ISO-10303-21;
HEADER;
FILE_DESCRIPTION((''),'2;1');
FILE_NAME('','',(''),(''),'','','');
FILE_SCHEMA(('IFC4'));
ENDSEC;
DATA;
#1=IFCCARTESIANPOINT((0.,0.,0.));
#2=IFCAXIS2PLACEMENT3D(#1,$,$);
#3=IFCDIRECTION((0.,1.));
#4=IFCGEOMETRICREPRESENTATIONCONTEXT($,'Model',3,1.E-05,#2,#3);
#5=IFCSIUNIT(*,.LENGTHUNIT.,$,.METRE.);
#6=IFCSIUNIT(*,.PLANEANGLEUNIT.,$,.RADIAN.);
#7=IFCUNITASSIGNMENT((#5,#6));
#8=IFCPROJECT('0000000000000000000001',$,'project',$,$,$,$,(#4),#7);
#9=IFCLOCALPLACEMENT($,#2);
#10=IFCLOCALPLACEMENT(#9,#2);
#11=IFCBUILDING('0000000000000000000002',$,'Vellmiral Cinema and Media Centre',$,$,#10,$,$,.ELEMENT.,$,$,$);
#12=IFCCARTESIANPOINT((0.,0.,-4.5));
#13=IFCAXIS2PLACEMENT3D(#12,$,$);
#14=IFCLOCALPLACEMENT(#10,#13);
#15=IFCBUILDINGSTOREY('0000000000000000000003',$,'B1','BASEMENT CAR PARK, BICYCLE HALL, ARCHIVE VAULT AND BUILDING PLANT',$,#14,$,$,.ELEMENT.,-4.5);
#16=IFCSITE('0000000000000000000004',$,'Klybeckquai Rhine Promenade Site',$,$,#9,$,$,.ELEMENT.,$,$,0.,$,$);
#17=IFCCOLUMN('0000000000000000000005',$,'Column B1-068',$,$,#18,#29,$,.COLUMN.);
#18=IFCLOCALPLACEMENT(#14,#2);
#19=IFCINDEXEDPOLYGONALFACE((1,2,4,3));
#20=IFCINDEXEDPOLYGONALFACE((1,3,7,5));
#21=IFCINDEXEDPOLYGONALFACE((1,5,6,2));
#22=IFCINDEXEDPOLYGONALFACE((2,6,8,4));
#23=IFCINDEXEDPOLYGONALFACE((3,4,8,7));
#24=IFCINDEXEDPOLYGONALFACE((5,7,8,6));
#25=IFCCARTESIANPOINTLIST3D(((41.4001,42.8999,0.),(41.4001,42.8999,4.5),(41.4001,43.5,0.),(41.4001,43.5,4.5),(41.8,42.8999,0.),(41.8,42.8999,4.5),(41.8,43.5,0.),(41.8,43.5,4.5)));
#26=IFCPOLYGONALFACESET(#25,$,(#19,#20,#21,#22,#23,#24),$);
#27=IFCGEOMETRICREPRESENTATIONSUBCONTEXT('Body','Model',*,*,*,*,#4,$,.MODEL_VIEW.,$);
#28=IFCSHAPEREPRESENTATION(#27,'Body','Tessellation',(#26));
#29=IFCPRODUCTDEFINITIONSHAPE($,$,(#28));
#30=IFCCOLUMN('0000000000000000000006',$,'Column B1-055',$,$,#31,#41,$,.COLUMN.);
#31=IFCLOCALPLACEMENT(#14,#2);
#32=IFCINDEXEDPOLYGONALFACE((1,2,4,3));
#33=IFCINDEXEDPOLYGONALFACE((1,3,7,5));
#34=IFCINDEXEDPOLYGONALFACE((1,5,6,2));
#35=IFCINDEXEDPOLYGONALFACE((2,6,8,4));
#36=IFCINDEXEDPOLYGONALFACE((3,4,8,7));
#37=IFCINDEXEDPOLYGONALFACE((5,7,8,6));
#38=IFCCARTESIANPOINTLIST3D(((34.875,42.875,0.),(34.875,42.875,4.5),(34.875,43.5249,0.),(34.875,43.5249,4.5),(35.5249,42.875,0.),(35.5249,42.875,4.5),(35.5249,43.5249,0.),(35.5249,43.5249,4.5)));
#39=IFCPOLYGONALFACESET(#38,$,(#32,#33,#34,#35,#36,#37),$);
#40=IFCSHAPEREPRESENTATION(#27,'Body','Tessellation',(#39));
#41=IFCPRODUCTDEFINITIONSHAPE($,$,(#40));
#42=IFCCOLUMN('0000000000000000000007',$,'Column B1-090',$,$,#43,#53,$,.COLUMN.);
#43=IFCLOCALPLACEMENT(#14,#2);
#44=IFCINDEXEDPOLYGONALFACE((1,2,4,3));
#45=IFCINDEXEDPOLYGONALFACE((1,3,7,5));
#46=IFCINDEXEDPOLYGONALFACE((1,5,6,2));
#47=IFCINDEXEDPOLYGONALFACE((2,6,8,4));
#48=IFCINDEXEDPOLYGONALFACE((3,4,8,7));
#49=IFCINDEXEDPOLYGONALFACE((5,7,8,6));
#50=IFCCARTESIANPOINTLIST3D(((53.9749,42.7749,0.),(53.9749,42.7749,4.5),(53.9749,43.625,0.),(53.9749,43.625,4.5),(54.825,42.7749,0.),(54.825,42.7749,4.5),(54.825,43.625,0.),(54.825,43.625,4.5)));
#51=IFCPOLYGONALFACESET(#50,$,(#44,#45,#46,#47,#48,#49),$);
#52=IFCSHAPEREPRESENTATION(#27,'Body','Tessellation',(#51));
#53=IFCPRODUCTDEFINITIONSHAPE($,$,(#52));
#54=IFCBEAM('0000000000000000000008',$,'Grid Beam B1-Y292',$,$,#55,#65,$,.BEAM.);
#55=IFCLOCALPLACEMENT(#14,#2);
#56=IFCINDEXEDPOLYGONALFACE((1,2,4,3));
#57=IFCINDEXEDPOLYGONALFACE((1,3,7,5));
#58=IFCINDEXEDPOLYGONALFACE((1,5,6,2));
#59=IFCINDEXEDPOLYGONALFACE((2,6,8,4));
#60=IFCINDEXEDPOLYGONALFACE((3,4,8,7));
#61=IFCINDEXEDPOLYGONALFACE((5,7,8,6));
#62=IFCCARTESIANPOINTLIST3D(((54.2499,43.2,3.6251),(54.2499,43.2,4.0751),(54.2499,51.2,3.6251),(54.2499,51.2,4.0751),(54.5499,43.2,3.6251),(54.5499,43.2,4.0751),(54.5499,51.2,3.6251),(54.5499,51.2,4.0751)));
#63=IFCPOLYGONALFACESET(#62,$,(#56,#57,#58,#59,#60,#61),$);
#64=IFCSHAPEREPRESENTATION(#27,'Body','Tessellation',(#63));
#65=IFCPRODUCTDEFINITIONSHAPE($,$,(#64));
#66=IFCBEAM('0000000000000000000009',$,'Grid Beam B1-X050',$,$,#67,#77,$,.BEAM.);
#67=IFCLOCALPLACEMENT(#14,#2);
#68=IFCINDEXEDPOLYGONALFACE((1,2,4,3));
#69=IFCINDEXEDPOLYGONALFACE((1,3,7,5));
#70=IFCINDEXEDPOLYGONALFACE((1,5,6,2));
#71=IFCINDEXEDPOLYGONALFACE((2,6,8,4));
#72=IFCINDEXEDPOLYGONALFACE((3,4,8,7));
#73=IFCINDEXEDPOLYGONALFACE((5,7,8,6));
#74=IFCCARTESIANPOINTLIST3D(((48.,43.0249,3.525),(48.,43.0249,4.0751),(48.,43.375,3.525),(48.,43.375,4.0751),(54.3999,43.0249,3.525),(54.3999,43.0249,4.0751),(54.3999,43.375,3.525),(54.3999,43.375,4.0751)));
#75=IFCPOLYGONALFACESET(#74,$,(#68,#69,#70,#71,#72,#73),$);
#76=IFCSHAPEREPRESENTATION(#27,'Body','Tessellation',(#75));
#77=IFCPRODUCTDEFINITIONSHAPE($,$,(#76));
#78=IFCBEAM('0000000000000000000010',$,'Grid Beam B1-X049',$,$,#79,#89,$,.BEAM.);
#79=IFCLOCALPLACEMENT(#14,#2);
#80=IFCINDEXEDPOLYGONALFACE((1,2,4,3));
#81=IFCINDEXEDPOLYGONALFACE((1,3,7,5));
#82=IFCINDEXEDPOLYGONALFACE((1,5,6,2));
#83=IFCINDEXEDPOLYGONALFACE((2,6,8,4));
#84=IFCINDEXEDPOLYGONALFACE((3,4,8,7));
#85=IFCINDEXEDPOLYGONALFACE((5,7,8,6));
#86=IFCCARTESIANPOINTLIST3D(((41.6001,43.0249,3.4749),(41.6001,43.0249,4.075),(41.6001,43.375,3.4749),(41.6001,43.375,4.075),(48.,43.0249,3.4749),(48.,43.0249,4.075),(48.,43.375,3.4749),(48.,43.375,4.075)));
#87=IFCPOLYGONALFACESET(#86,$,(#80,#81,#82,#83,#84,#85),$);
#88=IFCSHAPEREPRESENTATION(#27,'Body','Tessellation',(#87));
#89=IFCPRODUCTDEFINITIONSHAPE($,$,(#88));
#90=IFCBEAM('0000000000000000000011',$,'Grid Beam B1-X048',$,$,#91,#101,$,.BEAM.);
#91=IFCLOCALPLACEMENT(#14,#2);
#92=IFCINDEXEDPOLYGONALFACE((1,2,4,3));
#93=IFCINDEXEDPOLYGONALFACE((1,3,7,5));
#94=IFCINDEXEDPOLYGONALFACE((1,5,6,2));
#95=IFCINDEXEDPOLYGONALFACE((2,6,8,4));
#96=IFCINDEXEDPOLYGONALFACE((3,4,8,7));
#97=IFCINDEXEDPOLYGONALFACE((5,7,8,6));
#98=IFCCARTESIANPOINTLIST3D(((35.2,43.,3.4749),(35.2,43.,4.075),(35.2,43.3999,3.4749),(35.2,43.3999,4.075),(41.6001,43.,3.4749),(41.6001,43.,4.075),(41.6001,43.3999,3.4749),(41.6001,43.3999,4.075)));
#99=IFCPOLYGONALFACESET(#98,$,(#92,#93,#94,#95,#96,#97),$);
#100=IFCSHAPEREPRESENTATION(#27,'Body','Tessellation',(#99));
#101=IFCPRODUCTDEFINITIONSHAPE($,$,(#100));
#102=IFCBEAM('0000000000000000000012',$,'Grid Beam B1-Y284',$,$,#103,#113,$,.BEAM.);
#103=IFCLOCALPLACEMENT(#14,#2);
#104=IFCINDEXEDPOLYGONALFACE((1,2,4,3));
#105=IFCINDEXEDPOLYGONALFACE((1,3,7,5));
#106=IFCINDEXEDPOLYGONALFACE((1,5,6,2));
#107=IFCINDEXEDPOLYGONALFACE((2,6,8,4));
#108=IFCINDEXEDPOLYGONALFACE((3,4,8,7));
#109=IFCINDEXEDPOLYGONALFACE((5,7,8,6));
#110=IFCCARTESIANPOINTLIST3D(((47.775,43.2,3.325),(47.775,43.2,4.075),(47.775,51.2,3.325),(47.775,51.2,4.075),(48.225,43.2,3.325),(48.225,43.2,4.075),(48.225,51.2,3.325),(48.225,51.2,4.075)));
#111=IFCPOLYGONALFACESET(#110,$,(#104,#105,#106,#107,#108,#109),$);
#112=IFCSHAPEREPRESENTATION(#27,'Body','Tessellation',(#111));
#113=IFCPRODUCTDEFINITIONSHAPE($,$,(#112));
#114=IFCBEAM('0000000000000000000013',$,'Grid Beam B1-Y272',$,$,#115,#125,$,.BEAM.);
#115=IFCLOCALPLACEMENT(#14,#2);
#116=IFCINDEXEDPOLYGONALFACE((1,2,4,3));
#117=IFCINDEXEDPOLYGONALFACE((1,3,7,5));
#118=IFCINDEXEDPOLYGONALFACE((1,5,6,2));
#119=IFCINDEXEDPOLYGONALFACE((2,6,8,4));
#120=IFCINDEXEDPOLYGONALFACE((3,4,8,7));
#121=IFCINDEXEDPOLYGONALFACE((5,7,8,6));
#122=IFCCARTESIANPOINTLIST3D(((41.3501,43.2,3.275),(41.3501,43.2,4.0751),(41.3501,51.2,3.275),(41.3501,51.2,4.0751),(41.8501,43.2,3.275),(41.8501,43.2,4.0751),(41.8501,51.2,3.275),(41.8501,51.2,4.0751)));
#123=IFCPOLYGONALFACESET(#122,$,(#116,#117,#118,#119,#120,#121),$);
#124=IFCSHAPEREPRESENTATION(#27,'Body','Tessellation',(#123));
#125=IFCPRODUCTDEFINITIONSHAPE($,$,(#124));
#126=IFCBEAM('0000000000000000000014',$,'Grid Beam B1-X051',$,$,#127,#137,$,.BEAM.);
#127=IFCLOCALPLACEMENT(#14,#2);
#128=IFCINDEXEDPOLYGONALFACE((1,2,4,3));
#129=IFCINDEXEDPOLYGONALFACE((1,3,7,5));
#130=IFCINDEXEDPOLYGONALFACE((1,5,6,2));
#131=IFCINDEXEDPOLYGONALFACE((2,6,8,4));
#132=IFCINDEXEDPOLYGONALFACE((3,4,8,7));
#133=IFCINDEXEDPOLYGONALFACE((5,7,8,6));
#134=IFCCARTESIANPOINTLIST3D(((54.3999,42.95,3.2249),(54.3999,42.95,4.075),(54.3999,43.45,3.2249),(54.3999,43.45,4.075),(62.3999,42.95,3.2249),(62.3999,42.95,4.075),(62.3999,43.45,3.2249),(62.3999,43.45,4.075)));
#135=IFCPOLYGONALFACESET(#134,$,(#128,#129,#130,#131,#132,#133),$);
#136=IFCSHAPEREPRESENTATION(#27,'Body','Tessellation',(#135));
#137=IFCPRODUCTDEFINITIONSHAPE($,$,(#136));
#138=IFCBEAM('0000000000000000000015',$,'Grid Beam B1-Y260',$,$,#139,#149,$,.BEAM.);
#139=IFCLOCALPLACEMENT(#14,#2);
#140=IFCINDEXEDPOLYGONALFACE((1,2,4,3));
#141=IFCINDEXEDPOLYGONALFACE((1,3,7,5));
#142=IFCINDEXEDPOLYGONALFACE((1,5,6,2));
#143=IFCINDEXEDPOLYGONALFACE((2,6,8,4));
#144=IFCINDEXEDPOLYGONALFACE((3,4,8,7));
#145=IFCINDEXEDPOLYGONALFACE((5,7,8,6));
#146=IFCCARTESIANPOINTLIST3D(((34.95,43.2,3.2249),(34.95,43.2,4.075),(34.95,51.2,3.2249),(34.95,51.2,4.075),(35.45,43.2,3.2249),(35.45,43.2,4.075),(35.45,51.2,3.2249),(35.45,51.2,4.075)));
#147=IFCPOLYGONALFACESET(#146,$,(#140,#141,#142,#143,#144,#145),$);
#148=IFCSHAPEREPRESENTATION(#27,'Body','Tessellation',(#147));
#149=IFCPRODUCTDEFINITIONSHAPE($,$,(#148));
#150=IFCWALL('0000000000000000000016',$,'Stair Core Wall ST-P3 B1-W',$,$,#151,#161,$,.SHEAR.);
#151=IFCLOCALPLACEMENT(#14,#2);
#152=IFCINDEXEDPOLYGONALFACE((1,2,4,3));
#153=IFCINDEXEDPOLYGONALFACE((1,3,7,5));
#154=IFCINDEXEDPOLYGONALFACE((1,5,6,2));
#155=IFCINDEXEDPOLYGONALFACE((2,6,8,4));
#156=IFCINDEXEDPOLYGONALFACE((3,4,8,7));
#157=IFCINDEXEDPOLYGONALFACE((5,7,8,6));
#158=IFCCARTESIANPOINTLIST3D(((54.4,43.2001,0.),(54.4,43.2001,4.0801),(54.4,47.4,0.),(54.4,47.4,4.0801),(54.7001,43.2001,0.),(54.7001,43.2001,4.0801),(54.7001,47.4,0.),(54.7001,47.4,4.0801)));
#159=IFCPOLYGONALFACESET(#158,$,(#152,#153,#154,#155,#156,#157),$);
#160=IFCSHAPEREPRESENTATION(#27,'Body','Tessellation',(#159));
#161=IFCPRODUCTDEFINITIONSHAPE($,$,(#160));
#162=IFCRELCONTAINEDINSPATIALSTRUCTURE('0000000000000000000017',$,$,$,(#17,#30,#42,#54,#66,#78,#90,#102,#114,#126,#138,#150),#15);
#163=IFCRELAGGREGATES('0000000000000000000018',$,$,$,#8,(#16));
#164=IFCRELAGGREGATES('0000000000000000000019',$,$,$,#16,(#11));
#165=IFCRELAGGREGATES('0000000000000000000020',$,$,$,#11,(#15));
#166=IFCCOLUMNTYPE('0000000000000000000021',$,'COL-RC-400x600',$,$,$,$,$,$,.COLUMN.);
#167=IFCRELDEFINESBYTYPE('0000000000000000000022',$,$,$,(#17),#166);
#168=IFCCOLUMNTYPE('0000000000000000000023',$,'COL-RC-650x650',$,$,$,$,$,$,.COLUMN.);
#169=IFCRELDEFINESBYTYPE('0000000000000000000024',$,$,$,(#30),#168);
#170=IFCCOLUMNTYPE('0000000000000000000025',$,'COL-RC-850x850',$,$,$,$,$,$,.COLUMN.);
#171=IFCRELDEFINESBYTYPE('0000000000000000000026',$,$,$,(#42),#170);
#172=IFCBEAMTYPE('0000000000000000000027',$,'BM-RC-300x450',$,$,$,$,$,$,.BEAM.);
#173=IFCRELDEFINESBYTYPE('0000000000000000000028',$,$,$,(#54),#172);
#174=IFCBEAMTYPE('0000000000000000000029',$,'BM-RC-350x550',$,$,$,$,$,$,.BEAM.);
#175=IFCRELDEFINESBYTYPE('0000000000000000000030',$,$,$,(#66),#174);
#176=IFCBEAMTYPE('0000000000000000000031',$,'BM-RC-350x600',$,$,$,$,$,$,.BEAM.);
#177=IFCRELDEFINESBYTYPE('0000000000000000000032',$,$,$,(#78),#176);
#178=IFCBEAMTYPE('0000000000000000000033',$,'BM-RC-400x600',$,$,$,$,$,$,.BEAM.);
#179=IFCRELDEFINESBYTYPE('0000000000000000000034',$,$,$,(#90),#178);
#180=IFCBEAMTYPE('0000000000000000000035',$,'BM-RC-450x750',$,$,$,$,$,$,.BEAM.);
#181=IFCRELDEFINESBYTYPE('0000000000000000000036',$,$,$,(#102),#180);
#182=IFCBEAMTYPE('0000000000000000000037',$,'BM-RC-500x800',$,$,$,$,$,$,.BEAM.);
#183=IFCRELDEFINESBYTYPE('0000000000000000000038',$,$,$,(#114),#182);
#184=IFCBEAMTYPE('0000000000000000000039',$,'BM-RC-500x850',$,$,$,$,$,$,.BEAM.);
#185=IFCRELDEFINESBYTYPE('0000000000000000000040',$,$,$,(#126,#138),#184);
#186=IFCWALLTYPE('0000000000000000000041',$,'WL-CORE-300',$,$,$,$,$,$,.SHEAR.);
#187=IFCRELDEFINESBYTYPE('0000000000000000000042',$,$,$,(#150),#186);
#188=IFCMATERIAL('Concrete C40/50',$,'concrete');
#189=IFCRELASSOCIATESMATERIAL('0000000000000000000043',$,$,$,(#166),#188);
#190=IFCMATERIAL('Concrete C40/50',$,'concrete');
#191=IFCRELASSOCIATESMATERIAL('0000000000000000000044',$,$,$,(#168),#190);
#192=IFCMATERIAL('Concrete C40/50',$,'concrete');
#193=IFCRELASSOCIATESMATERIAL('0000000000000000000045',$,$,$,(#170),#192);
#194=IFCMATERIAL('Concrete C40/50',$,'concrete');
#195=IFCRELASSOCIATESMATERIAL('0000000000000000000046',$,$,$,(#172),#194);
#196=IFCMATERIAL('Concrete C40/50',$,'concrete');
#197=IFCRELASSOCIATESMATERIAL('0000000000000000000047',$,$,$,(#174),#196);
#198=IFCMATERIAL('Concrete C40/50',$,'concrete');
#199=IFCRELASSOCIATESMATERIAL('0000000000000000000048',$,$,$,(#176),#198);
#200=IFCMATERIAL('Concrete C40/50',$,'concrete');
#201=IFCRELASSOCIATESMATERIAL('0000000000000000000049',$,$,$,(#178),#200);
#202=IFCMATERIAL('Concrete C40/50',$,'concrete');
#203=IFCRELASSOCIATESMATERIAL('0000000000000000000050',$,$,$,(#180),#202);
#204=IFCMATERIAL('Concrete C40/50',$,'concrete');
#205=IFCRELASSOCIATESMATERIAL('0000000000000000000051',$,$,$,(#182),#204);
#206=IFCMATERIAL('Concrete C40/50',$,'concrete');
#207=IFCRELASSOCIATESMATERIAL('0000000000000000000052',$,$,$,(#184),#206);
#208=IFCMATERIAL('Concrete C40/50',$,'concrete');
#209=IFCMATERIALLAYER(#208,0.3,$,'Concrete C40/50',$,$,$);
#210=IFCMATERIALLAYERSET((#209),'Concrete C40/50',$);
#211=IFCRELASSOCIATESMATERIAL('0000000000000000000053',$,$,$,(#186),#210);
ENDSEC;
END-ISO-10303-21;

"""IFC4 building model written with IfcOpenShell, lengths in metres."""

from ifc_helpers import new_model, si_unit, direction, frame, frame_2d, origin, origin_2d, place, context, subcontext, project, spatial, rectangle, extrude, material, layer, layer_set, material_profile, profile_set, type_object, element, save


model = new_model("IFC4")

# Units and contexts
model_context = context("Model", 3, precision=1e-05, world=origin(), true_north=direction((0.0, 1.0)))
body_context = subcontext(model_context, "Body", "Model", "MODEL_VIEW")
ifc_project = project(units=[si_unit("LENGTHUNIT", "METRE"), si_unit("PLANEANGLEUNIT", "RADIAN")], contexts=[model_context])

# Site, building, storey
site_placement = place(None, origin())
site = spatial("IfcSite", under=ifc_project, at=site_placement, Name="Klybeckquai Rhine Promenade Site", CompositionType="ELEMENT", RefElevation=0.0)
building_placement = place(site_placement, origin())
building = spatial("IfcBuilding", under=site, at=building_placement, Name="Vellmiral Cinema and Media Centre", CompositionType="ELEMENT")
storey_placement = place(building_placement, frame((0.0, 0.0, -4.5)))
storey = spatial("IfcBuildingStorey", under=building, at=storey_placement, Name="B1", Description="BASEMENT CAR PARK, BICYCLE HALL, ARCHIVE VAULT AND BUILDING PLANT", CompositionType="ELEMENT", Elevation=-4.5)

# Columns
ifc_material_1 = material(Name="Concrete C40/50", Category="concrete")
ifc_material_profile_1 = material_profile(ifc_material_1, rectangle(XDim=0.3999, YDim=0.6001, at=origin_2d()), Name="RC 400x600")
ifc_profile_set_1 = profile_set([ifc_material_profile_1], Name="Concrete C40/50")
column_type_1 = type_object("IfcColumnType", Name="COL-RC-400x600", PredefinedType="COLUMN", material=ifc_profile_set_1)
column_1_placement = place(storey_placement, frame((41.6001, 43.2, 0.0), z_axis=(0.0, 0.0, 1.0), x_axis=(1.0, 0.0, 0.0)))
element("IfcColumn", 1, at=column_1_placement, inside=storey, type_object=column_type_1, Name="Column B1-068", PredefinedType="COLUMN", context=body_context, shape_type="SweptSolid", body=[
    extrude(rectangle(XDim=0.3999, YDim=0.6001, at=origin_2d()), origin(), (0.0, 0.0, 1.0), 4.5),
])
ifc_material_2 = material(Name="Concrete C40/50", Category="concrete")
ifc_material_profile_2 = material_profile(ifc_material_2, rectangle(XDim=0.6499, YDim=0.6499, at=origin_2d()), Name="RC 650x650")
ifc_profile_set_2 = profile_set([ifc_material_profile_2], Name="Concrete C40/50")
column_type_2 = type_object("IfcColumnType", Name="COL-RC-650x650", PredefinedType="COLUMN", material=ifc_profile_set_2)
column_2_placement = place(storey_placement, frame((35.2, 43.2, 0.0), z_axis=(0.0, 0.0, 1.0), x_axis=(1.0, 0.0, 0.0)))
element("IfcColumn", 2, at=column_2_placement, inside=storey, type_object=column_type_2, Name="Column B1-055", PredefinedType="COLUMN", context=body_context, shape_type="SweptSolid", body=[
    extrude(rectangle(XDim=0.6499, YDim=0.6499, at=origin_2d()), origin(), (0.0, 0.0, 1.0), 4.5),
])
ifc_material_3 = material(Name="Concrete C40/50", Category="concrete")
ifc_material_profile_3 = material_profile(ifc_material_3, rectangle(XDim=0.8501, YDim=0.8501, at=origin_2d()), Name="RC 850x850")
ifc_profile_set_3 = profile_set([ifc_material_profile_3], Name="Concrete C40/50")
column_type_3 = type_object("IfcColumnType", Name="COL-RC-850x850", PredefinedType="COLUMN", material=ifc_profile_set_3)
column_3_placement = place(storey_placement, frame((54.3999, 43.2, 0.0), z_axis=(0.0, 0.0, 1.0), x_axis=(1.0, 0.0, 0.0)))
element("IfcColumn", 3, at=column_3_placement, inside=storey, type_object=column_type_3, Name="Column B1-090", PredefinedType="COLUMN", context=body_context, shape_type="SweptSolid", body=[
    extrude(rectangle(XDim=0.8501, YDim=0.8501, at=origin_2d()), origin(), (0.0, 0.0, 1.0), 4.5),
])

# Beams
ifc_material_4 = material(Name="Concrete C40/50", Category="concrete")
ifc_material_profile_4 = material_profile(ifc_material_4, rectangle(XDim=0.3, YDim=0.45, at=origin_2d()), Name="RC 300x450")
ifc_profile_set_4 = profile_set([ifc_material_profile_4], Name="Concrete C40/50")
beam_type_1 = type_object("IfcBeamType", Name="BM-RC-300x450", PredefinedType="BEAM", material=ifc_profile_set_4)
beam_1_placement = place(storey_placement, frame((54.3999, 43.2, 3.8501), z_axis=(0.0, 1.0, 0.0), x_axis=(-1.0, 0.0, 0.0)))
element("IfcBeam", 4, at=beam_1_placement, inside=storey, type_object=beam_type_1, Name="Grid Beam B1-Y292", PredefinedType="BEAM", context=body_context, shape_type="SweptSolid", body=[
    extrude(rectangle(XDim=0.3, YDim=0.45, at=origin_2d()), origin(), (0.0, 0.0, 1.0), 8.0),
])
ifc_material_5 = material(Name="Concrete C40/50", Category="concrete")
ifc_material_profile_5 = material_profile(ifc_material_5, rectangle(XDim=0.3501, YDim=0.55, at=origin_2d()), Name="RC 350x550")
ifc_profile_set_5 = profile_set([ifc_material_profile_5], Name="Concrete C40/50")
beam_type_2 = type_object("IfcBeamType", Name="BM-RC-350x550", PredefinedType="BEAM", material=ifc_profile_set_5)
beam_2_placement = place(storey_placement, frame((48.0, 43.2, 3.8), z_axis=(1.0, 0.0, 0.0), x_axis=(0.0, 1.0, 0.0)))
element("IfcBeam", 5, at=beam_2_placement, inside=storey, type_object=beam_type_2, Name="Grid Beam B1-X050", PredefinedType="BEAM", context=body_context, shape_type="SweptSolid", body=[
    extrude(rectangle(XDim=0.3501, YDim=0.55, at=origin_2d()), origin(), (0.0, 0.0, 1.0), 6.3999),
])
ifc_material_6 = material(Name="Concrete C40/50", Category="concrete")
ifc_material_profile_6 = material_profile(ifc_material_6, rectangle(XDim=0.3501, YDim=0.6001, at=origin_2d()), Name="RC 350x600")
ifc_profile_set_6 = profile_set([ifc_material_profile_6], Name="Concrete C40/50")
beam_type_3 = type_object("IfcBeamType", Name="BM-RC-350x600", PredefinedType="BEAM", material=ifc_profile_set_6)
beam_3_placement = place(storey_placement, frame((41.6001, 43.2, 3.7749), z_axis=(1.0, 0.0, 0.0), x_axis=(0.0, 1.0, 0.0)))
element("IfcBeam", 6, at=beam_3_placement, inside=storey, type_object=beam_type_3, Name="Grid Beam B1-X049", PredefinedType="BEAM", context=body_context, shape_type="SweptSolid", body=[
    extrude(rectangle(XDim=0.3501, YDim=0.6001, at=origin_2d()), origin(), (0.0, 0.0, 1.0), 6.3999),
])
ifc_material_7 = material(Name="Concrete C40/50", Category="concrete")
ifc_material_profile_7 = material_profile(ifc_material_7, rectangle(XDim=0.3999, YDim=0.6001, at=origin_2d()), Name="RC 400x600")
ifc_profile_set_7 = profile_set([ifc_material_profile_7], Name="Concrete C40/50")
beam_type_4 = type_object("IfcBeamType", Name="BM-RC-400x600", PredefinedType="BEAM", material=ifc_profile_set_7)
beam_4_placement = place(storey_placement, frame((35.2, 43.2, 3.7749), z_axis=(1.0, 0.0, 0.0), x_axis=(0.0, 1.0, 0.0)))
element("IfcBeam", 7, at=beam_4_placement, inside=storey, type_object=beam_type_4, Name="Grid Beam B1-X048", PredefinedType="BEAM", context=body_context, shape_type="SweptSolid", body=[
    extrude(rectangle(XDim=0.3999, YDim=0.6001, at=origin_2d()), origin(), (0.0, 0.0, 1.0), 6.4001),
])
ifc_material_8 = material(Name="Concrete C40/50", Category="concrete")
ifc_material_profile_8 = material_profile(ifc_material_8, rectangle(XDim=0.45, YDim=0.75, at=origin_2d()), Name="RC 450x750")
ifc_profile_set_8 = profile_set([ifc_material_profile_8], Name="Concrete C40/50")
beam_type_5 = type_object("IfcBeamType", Name="BM-RC-450x750", PredefinedType="BEAM", material=ifc_profile_set_8)
beam_5_placement = place(storey_placement, frame((48.0, 43.2, 3.7), z_axis=(0.0, 1.0, 0.0), x_axis=(-1.0, 0.0, 0.0)))
element("IfcBeam", 8, at=beam_5_placement, inside=storey, type_object=beam_type_5, Name="Grid Beam B1-Y284", PredefinedType="BEAM", context=body_context, shape_type="SweptSolid", body=[
    extrude(rectangle(XDim=0.45, YDim=0.75, at=origin_2d()), origin(), (0.0, 0.0, 1.0), 8.0),
])
ifc_material_9 = material(Name="Concrete C40/50", Category="concrete")
ifc_material_profile_9 = material_profile(ifc_material_9, rectangle(XDim=0.5, YDim=0.8, at=origin_2d()), Name="RC 500x800")
ifc_profile_set_9 = profile_set([ifc_material_profile_9], Name="Concrete C40/50")
beam_type_6 = type_object("IfcBeamType", Name="BM-RC-500x800", PredefinedType="BEAM", material=ifc_profile_set_9)
beam_6_placement = place(storey_placement, frame((41.6001, 43.2, 3.675), z_axis=(0.0, 1.0, 0.0), x_axis=(-1.0, 0.0, 0.0)))
element("IfcBeam", 9, at=beam_6_placement, inside=storey, type_object=beam_type_6, Name="Grid Beam B1-Y272", PredefinedType="BEAM", context=body_context, shape_type="SweptSolid", body=[
    extrude(rectangle(XDim=0.5, YDim=0.8, at=origin_2d()), origin(), (0.0, 0.0, 1.0), 8.0),
])
ifc_material_10 = material(Name="Concrete C40/50", Category="concrete")
ifc_material_profile_10 = material_profile(ifc_material_10, rectangle(XDim=0.5, YDim=0.8501, at=origin_2d()), Name="RC 500x850")
ifc_profile_set_10 = profile_set([ifc_material_profile_10], Name="Concrete C40/50")
beam_type_7 = type_object("IfcBeamType", Name="BM-RC-500x850", PredefinedType="BEAM", material=ifc_profile_set_10)
for number, where, z_axis, x_axis, name in (
    (10, (54.3999, 43.2, 3.6499), (1.0, 0.0, 0.0), (0.0, 1.0, 0.0), "Grid Beam B1-X051"),
    (11, (35.2, 43.2, 3.6499), (0.0, 1.0, 0.0), (-1.0, 0.0, 0.0), "Grid Beam B1-Y260"),
):
    element("IfcBeam", number, at=place(storey_placement, frame(where, z_axis=z_axis, x_axis=x_axis)), inside=storey, type_object=beam_type_7, Name=name, PredefinedType="BEAM", context=body_context, shape_type="SweptSolid", body=[
        extrude(rectangle(XDim=0.5, YDim=0.8501, at=origin_2d()), origin(), (0.0, 0.0, 1.0), 8.0),
    ])

# Wall
ifc_material_11 = material(Name="Concrete C40/50", Category="concrete")
ifc_layer_1 = layer(ifc_material_11, 0.3, Name="Concrete C40/50")
ifc_layer_set_1 = layer_set([ifc_layer_1], Name="Concrete C40/50")
wall_type_1 = type_object("IfcWallType", Name="WL-CORE-300", PredefinedType="SHEAR", material=ifc_layer_set_1)
wall_1_placement = place(storey_placement, frame((54.55, 43.2, 0.0), z_axis=(0.0, 0.0, 1.0), x_axis=(0.0, 1.0, 0.0)))
element("IfcWall", 12, at=wall_1_placement, inside=storey, type_object=wall_type_1, Name="Stair Core Wall ST-P3 B1-W", PredefinedType="SHEAR", context=body_context, shape_type="SweptSolid", body=[
    extrude(rectangle(XDim=4.2, YDim=0.3, at=frame_2d((2.1001, 0.0))), origin(), (0.0, 0.0, 1.0), 4.0801),
])

save(model, "model.ifc")
